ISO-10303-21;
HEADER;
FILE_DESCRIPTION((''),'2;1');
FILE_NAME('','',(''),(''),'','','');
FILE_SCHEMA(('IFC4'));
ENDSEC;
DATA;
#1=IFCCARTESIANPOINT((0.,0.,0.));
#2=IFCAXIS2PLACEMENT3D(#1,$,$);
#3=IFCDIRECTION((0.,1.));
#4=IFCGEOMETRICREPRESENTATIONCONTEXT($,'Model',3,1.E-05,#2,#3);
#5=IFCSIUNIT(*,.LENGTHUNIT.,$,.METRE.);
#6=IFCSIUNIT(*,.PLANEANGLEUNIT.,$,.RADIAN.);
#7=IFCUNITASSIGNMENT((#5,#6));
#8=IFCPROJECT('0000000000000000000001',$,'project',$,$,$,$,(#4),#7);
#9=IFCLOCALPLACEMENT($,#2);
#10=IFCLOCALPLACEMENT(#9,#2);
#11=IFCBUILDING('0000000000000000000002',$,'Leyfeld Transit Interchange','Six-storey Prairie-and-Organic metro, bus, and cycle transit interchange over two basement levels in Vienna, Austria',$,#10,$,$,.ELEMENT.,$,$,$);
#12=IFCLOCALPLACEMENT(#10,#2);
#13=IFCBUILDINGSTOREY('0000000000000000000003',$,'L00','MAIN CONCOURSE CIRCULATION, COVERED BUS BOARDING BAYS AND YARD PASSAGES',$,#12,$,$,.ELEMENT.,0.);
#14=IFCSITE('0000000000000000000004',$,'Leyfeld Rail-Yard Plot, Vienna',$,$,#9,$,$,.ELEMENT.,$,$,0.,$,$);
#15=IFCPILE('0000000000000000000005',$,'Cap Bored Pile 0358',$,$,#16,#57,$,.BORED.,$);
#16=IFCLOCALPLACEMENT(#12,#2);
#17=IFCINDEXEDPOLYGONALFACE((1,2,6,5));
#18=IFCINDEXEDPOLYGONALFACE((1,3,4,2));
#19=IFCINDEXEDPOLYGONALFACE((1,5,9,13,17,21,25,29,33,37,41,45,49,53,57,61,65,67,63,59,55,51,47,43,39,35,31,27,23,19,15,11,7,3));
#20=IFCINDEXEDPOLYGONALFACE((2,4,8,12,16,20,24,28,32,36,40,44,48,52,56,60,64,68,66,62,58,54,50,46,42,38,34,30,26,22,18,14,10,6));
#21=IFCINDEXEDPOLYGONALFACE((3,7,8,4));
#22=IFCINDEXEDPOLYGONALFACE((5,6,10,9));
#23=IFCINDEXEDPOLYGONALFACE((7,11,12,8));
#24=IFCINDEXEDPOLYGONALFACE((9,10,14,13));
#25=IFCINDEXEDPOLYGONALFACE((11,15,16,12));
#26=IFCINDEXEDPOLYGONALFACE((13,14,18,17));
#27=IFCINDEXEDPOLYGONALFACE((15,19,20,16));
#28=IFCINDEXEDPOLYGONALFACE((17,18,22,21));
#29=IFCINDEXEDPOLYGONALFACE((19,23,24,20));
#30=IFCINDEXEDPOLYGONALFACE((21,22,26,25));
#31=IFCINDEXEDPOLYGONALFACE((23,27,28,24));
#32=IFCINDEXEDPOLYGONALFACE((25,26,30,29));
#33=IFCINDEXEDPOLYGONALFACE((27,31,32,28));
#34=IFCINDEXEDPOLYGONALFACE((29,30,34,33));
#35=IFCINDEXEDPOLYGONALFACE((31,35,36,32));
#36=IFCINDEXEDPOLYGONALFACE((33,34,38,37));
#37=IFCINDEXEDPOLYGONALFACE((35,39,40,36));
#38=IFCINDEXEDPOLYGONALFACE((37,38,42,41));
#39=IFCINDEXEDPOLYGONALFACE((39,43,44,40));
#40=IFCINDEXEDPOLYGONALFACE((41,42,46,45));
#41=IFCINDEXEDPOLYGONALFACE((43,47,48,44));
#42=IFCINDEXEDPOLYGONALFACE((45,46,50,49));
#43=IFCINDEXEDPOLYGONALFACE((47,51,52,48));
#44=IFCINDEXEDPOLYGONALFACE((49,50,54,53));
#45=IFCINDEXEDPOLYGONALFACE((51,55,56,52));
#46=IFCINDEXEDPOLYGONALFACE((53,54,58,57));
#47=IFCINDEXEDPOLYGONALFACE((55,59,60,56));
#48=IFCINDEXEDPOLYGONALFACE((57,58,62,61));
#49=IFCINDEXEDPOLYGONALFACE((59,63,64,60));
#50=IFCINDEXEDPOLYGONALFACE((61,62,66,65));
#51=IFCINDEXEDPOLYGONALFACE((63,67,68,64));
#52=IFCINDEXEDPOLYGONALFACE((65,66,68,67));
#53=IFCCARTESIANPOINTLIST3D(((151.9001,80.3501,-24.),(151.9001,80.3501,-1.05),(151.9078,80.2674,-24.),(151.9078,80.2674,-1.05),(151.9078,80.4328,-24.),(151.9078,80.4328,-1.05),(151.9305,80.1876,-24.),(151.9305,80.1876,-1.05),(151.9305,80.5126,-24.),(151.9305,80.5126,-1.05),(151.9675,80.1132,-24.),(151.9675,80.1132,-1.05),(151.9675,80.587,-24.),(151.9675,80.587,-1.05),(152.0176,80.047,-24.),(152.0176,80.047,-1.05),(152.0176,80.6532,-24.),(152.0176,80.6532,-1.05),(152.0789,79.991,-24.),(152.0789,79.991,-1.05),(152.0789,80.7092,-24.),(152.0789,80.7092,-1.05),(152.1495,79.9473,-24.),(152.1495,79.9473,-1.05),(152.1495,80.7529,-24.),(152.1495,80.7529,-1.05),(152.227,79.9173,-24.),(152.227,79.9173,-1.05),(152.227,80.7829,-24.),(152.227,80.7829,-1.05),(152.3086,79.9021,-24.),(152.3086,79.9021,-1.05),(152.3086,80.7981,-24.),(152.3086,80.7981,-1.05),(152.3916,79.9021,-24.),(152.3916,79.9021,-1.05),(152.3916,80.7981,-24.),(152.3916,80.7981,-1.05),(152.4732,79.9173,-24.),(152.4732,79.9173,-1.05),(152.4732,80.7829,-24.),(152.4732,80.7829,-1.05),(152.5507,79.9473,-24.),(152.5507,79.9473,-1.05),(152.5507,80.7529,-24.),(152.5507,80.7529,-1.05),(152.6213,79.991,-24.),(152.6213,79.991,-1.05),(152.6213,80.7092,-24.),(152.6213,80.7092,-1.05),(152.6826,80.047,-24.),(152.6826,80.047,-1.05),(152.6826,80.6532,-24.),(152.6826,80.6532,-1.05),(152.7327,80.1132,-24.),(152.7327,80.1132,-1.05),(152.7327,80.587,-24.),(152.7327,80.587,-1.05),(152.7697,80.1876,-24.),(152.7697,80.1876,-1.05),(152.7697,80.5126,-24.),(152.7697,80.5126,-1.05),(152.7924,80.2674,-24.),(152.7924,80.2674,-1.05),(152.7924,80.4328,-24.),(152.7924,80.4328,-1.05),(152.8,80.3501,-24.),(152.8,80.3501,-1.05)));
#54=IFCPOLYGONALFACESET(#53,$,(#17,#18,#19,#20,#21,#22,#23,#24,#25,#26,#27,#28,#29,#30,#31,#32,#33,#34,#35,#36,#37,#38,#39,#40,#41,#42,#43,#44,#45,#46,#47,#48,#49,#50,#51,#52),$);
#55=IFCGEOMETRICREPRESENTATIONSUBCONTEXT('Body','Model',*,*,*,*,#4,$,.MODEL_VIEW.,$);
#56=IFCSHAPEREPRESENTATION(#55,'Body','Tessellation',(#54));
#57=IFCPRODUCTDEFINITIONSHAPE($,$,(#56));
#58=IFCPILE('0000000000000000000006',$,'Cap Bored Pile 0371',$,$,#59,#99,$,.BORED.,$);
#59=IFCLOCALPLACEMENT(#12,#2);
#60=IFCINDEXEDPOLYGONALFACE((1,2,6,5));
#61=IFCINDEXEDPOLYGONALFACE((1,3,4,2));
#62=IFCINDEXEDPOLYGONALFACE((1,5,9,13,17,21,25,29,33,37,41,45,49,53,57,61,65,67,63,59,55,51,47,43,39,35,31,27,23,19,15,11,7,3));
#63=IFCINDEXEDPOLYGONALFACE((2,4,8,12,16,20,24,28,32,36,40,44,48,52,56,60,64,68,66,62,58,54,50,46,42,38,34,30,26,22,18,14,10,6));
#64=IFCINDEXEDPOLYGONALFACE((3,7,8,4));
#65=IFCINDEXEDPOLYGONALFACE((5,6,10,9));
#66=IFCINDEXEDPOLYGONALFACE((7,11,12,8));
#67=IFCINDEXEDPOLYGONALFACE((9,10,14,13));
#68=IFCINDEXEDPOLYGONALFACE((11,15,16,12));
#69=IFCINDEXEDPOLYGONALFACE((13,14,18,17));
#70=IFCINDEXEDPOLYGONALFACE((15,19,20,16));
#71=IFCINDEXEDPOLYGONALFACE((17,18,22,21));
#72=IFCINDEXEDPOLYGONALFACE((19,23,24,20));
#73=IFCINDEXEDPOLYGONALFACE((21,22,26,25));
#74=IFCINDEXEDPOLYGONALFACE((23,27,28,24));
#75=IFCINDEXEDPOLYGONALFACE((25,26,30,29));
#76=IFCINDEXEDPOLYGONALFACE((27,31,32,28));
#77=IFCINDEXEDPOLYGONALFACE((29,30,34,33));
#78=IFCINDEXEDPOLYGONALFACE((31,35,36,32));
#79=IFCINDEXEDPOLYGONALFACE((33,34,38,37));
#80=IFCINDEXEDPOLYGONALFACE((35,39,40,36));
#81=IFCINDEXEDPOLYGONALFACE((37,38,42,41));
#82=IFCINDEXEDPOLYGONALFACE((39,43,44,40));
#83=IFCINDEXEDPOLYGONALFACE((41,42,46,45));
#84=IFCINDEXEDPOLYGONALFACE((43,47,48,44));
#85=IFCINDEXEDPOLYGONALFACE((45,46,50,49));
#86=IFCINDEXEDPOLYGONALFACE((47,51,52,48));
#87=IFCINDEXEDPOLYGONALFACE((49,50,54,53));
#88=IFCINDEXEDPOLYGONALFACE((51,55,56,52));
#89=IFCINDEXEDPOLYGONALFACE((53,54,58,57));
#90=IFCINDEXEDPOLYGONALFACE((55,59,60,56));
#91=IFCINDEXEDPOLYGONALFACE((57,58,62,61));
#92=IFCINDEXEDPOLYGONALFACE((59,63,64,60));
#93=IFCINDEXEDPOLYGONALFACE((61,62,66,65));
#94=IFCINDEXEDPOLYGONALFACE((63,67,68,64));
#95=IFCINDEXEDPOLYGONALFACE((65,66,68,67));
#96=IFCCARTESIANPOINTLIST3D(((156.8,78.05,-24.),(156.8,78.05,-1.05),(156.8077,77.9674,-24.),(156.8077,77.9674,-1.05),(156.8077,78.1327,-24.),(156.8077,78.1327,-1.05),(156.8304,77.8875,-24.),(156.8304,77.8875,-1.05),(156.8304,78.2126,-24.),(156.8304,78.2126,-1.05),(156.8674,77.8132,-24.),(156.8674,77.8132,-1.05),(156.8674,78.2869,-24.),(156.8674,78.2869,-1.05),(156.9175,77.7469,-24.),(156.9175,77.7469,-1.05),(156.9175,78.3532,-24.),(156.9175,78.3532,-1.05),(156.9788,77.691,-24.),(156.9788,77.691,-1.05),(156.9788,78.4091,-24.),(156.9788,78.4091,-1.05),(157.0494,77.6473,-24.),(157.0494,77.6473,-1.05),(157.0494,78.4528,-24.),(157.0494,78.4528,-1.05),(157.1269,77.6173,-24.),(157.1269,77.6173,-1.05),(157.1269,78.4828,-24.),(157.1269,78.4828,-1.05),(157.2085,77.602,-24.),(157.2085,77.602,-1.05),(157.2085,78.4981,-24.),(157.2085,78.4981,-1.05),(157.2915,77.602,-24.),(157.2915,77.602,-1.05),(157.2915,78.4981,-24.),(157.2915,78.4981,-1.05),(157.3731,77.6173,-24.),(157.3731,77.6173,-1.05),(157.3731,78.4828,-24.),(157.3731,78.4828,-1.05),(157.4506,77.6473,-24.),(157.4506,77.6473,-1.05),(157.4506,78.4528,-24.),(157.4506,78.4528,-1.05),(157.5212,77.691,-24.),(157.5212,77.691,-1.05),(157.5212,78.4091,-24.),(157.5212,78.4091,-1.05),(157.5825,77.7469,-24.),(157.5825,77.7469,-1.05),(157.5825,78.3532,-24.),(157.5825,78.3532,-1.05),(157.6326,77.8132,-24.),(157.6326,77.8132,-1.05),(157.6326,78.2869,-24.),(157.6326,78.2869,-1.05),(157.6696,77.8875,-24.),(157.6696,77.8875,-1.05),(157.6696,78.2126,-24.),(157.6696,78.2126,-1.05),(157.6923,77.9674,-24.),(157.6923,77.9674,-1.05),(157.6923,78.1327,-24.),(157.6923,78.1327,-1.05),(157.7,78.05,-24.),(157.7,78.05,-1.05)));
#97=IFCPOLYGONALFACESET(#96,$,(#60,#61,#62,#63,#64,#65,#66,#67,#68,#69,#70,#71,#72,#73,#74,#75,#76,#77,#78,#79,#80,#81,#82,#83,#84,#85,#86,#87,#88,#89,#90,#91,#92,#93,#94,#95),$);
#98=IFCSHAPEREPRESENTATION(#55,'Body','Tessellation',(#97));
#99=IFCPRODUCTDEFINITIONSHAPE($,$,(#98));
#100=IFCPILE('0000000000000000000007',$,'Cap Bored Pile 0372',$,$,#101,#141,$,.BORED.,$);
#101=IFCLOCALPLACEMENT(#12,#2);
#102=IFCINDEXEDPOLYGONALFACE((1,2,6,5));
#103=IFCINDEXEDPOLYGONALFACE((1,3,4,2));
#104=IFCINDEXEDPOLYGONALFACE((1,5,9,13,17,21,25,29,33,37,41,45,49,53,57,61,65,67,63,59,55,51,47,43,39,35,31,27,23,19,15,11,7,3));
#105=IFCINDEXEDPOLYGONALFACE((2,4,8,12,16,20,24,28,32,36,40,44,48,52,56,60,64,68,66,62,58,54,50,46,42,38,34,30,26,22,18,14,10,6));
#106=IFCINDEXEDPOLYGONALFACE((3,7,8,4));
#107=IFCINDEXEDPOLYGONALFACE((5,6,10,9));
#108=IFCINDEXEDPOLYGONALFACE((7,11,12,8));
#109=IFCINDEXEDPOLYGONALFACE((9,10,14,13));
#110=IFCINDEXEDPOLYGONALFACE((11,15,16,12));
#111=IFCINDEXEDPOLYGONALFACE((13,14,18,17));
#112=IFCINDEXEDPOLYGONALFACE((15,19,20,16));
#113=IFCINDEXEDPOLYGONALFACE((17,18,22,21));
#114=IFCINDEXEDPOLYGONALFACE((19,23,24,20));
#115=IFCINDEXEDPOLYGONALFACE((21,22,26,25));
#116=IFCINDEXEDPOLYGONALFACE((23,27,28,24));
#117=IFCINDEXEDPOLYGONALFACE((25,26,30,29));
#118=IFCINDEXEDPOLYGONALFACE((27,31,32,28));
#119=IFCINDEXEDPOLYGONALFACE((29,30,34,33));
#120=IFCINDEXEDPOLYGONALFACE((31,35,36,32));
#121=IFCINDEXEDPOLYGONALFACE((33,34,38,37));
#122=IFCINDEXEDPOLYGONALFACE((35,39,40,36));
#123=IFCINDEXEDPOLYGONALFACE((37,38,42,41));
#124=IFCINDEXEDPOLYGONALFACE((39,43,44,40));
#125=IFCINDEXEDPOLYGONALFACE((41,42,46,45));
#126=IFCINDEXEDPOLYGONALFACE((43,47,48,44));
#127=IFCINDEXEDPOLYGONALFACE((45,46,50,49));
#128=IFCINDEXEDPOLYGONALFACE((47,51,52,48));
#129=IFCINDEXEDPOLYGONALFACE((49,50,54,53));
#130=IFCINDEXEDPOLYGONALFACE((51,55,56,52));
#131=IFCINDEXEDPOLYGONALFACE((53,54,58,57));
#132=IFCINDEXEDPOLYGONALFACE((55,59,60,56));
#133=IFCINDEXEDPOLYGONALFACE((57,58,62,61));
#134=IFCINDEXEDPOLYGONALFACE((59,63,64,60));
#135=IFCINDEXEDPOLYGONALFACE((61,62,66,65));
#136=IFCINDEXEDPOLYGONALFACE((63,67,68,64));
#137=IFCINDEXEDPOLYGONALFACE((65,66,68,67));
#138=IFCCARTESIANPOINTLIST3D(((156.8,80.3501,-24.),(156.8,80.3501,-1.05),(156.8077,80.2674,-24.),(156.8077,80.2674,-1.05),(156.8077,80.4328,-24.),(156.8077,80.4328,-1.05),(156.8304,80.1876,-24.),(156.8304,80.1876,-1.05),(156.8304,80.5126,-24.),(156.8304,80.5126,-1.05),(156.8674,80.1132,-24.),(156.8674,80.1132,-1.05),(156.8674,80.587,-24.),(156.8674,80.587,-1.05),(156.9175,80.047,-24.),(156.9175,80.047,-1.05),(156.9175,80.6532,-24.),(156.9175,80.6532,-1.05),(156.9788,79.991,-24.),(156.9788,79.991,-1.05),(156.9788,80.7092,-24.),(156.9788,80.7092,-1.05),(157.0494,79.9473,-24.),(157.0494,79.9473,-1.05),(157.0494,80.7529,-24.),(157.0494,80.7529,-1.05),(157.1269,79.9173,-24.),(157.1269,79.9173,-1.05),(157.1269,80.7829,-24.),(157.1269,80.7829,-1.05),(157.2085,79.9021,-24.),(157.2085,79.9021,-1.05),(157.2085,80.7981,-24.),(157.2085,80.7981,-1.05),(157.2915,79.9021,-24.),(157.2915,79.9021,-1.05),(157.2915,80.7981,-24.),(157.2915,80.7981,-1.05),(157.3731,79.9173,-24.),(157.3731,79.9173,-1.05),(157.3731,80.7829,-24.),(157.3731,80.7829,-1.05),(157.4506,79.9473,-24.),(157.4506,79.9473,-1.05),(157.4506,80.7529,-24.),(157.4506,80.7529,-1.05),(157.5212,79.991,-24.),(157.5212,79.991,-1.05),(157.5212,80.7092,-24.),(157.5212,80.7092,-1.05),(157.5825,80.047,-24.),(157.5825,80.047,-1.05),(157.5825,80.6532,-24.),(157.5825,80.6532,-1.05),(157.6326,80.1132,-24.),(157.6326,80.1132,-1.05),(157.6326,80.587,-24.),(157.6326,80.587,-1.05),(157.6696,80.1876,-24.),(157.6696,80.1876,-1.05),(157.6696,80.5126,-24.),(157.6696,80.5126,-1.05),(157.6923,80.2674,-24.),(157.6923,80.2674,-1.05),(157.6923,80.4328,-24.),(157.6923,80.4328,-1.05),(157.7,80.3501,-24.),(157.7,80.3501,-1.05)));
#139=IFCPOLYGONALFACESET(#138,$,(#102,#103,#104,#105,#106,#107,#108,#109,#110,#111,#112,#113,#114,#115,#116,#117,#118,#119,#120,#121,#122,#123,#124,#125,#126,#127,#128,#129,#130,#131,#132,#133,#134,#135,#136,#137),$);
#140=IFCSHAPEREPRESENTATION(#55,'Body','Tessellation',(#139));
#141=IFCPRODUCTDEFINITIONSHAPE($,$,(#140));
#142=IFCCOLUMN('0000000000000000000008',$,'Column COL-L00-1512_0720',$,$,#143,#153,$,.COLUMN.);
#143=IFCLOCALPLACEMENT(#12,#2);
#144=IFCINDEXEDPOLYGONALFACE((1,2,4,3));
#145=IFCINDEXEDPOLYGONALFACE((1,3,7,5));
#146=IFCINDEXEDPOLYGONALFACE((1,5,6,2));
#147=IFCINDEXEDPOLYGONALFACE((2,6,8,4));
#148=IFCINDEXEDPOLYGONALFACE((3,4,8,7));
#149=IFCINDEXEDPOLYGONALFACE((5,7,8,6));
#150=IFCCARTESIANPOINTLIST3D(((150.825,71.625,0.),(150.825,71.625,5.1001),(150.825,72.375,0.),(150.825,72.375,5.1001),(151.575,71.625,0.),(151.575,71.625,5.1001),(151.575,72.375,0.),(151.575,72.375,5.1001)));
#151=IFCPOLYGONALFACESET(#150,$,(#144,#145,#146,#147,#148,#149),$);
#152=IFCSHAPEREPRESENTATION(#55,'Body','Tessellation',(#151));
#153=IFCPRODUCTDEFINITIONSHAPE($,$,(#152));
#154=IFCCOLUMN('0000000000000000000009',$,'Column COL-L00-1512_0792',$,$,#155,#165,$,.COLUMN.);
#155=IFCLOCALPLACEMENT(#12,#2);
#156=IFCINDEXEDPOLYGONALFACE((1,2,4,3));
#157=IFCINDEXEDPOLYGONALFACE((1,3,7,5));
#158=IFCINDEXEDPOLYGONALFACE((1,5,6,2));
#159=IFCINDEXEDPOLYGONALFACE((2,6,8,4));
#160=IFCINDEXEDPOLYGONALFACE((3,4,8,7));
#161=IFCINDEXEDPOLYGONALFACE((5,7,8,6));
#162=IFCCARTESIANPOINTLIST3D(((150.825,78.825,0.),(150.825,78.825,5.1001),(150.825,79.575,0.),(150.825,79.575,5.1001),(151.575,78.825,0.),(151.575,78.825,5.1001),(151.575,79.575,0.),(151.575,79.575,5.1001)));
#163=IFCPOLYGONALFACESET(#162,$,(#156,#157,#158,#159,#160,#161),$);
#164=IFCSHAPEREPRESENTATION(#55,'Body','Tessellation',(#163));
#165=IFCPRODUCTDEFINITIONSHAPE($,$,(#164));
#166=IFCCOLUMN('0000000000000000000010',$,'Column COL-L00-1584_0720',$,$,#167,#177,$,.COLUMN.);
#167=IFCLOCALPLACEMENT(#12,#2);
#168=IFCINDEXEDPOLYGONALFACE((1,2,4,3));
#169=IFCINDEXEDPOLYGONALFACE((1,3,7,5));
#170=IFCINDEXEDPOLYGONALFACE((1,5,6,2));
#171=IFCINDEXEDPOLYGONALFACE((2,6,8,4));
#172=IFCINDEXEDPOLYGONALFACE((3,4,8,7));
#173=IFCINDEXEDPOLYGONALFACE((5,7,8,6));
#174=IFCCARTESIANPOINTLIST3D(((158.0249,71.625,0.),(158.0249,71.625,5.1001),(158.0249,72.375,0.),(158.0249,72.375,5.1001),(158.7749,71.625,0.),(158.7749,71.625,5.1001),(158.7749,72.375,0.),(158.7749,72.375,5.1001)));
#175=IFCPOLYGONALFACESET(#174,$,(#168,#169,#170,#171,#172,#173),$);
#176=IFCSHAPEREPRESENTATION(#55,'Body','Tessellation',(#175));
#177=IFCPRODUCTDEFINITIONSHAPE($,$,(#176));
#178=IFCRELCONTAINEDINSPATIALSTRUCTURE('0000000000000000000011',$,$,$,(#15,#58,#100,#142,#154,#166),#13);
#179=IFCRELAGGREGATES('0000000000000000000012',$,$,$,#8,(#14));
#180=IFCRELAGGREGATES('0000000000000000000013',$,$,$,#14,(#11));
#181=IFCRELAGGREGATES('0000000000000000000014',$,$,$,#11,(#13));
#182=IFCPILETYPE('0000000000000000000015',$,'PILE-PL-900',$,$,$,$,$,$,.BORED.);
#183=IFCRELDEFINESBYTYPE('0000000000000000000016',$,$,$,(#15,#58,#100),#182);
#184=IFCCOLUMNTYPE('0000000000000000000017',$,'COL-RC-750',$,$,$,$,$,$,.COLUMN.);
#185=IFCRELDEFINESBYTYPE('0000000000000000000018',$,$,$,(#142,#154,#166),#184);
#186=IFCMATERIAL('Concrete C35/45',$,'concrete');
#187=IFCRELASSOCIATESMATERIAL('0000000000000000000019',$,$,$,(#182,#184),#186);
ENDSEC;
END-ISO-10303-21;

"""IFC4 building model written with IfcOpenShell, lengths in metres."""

from ifc_helpers import new_model, si_unit, direction, frame, origin, origin_2d, place, context, subcontext, project, spatial, rectangle, circle, extrude, material, material_profile, profile_set, type_object, element, save


model = new_model("IFC4")

# Units and contexts
model_context = context("Model", 3, precision=1e-05, world=origin(), true_north=direction((0.0, 1.0)))
body_context = subcontext(model_context, "Body", "Model", "MODEL_VIEW")
ifc_project = project(units=[si_unit("LENGTHUNIT", "METRE"), si_unit("PLANEANGLEUNIT", "RADIAN")], contexts=[model_context])

# Site, building, storey
site_placement = place(None, origin())
site = spatial("IfcSite", under=ifc_project, at=site_placement, Name="Leyfeld Rail-Yard Plot, Vienna", CompositionType="ELEMENT", RefElevation=0.0)
building_placement = place(site_placement, origin())
building = spatial("IfcBuilding", under=site, at=building_placement, Name="Leyfeld Transit Interchange", Description="Six-storey Prairie-and-Organic metro, bus, and cycle transit interchange over two basement levels in Vienna, Austria", CompositionType="ELEMENT")
storey_placement = place(building_placement, origin())
storey = spatial("IfcBuildingStorey", under=building, at=storey_placement, Name="L00", Description="MAIN CONCOURSE CIRCULATION, COVERED BUS BOARDING BAYS AND YARD PASSAGES", CompositionType="ELEMENT", Elevation=0.0)

# Shared definitions
ifc_material_1 = material(Name="Concrete C35/45", Category="concrete")

# Piles
ifc_material_profile_1 = material_profile(ifc_material_1, circle(Radius=0.45, at=origin_2d()), Name="PILE D900")
ifc_profile_set_1 = profile_set([ifc_material_profile_1], Name="Concrete C35/45")
pile_type = type_object("IfcPileType", Name="PILE-PL-900", PredefinedType="BORED", material=ifc_profile_set_1)
for number, where, z_axis, x_axis, name in (
    (1, (152.3501, 80.3501, -1.05), (0.0, 0.0, -1.0), (1.0, 0.0, 0.0), "Cap Bored Pile 0358"),
    (2, (157.25, 78.05, -1.05), (0.0, 0.0, -1.0), (1.0, 0.0, 0.0), "Cap Bored Pile 0371"),
    (3, (157.25, 80.3501, -1.05), (0.0, 0.0, -1.0), (1.0, 0.0, 0.0), "Cap Bored Pile 0372"),
):
    element("IfcPile", number, at=place(storey_placement, frame(where, z_axis=z_axis, x_axis=x_axis)), inside=storey, type_object=pile_type, Name=name, PredefinedType="BORED", context=body_context, shape_type="SweptSolid", body=[
        extrude(circle(Radius=0.45, at=origin_2d()), origin(), (0.0, 0.0, 1.0), 22.95),
    ])

# Columns
ifc_material_profile_2 = material_profile(ifc_material_1, rectangle(XDim=0.75, YDim=0.75, at=origin_2d()), Name="RC 750x750")
ifc_profile_set_2 = profile_set([ifc_material_profile_2], Name="Concrete C35/45")
column_type = type_object("IfcColumnType", Name="COL-RC-750", PredefinedType="COLUMN", material=ifc_profile_set_2)
for number, where, z_axis, x_axis, name in (
    (4, (151.2, 72.0, 0.0), (0.0, 0.0, 1.0), (1.0, 0.0, 0.0), "Column COL-L00-1512_0720"),
    (5, (151.2, 79.2, 0.0), (0.0, 0.0, 1.0), (1.0, 0.0, 0.0), "Column COL-L00-1512_0792"),
    (6, (158.3999, 72.0, 0.0), (0.0, 0.0, 1.0), (1.0, 0.0, 0.0), "Column COL-L00-1584_0720"),
):
    element("IfcColumn", number, at=place(storey_placement, frame(where, z_axis=z_axis, x_axis=x_axis)), inside=storey, type_object=column_type, Name=name, PredefinedType="COLUMN", context=body_context, shape_type="SweptSolid", body=[
        extrude(rectangle(XDim=0.75, YDim=0.75, at=origin_2d()), origin(), (0.0, 0.0, 1.0), 5.1001),
    ])

save(model, "model.ifc")
